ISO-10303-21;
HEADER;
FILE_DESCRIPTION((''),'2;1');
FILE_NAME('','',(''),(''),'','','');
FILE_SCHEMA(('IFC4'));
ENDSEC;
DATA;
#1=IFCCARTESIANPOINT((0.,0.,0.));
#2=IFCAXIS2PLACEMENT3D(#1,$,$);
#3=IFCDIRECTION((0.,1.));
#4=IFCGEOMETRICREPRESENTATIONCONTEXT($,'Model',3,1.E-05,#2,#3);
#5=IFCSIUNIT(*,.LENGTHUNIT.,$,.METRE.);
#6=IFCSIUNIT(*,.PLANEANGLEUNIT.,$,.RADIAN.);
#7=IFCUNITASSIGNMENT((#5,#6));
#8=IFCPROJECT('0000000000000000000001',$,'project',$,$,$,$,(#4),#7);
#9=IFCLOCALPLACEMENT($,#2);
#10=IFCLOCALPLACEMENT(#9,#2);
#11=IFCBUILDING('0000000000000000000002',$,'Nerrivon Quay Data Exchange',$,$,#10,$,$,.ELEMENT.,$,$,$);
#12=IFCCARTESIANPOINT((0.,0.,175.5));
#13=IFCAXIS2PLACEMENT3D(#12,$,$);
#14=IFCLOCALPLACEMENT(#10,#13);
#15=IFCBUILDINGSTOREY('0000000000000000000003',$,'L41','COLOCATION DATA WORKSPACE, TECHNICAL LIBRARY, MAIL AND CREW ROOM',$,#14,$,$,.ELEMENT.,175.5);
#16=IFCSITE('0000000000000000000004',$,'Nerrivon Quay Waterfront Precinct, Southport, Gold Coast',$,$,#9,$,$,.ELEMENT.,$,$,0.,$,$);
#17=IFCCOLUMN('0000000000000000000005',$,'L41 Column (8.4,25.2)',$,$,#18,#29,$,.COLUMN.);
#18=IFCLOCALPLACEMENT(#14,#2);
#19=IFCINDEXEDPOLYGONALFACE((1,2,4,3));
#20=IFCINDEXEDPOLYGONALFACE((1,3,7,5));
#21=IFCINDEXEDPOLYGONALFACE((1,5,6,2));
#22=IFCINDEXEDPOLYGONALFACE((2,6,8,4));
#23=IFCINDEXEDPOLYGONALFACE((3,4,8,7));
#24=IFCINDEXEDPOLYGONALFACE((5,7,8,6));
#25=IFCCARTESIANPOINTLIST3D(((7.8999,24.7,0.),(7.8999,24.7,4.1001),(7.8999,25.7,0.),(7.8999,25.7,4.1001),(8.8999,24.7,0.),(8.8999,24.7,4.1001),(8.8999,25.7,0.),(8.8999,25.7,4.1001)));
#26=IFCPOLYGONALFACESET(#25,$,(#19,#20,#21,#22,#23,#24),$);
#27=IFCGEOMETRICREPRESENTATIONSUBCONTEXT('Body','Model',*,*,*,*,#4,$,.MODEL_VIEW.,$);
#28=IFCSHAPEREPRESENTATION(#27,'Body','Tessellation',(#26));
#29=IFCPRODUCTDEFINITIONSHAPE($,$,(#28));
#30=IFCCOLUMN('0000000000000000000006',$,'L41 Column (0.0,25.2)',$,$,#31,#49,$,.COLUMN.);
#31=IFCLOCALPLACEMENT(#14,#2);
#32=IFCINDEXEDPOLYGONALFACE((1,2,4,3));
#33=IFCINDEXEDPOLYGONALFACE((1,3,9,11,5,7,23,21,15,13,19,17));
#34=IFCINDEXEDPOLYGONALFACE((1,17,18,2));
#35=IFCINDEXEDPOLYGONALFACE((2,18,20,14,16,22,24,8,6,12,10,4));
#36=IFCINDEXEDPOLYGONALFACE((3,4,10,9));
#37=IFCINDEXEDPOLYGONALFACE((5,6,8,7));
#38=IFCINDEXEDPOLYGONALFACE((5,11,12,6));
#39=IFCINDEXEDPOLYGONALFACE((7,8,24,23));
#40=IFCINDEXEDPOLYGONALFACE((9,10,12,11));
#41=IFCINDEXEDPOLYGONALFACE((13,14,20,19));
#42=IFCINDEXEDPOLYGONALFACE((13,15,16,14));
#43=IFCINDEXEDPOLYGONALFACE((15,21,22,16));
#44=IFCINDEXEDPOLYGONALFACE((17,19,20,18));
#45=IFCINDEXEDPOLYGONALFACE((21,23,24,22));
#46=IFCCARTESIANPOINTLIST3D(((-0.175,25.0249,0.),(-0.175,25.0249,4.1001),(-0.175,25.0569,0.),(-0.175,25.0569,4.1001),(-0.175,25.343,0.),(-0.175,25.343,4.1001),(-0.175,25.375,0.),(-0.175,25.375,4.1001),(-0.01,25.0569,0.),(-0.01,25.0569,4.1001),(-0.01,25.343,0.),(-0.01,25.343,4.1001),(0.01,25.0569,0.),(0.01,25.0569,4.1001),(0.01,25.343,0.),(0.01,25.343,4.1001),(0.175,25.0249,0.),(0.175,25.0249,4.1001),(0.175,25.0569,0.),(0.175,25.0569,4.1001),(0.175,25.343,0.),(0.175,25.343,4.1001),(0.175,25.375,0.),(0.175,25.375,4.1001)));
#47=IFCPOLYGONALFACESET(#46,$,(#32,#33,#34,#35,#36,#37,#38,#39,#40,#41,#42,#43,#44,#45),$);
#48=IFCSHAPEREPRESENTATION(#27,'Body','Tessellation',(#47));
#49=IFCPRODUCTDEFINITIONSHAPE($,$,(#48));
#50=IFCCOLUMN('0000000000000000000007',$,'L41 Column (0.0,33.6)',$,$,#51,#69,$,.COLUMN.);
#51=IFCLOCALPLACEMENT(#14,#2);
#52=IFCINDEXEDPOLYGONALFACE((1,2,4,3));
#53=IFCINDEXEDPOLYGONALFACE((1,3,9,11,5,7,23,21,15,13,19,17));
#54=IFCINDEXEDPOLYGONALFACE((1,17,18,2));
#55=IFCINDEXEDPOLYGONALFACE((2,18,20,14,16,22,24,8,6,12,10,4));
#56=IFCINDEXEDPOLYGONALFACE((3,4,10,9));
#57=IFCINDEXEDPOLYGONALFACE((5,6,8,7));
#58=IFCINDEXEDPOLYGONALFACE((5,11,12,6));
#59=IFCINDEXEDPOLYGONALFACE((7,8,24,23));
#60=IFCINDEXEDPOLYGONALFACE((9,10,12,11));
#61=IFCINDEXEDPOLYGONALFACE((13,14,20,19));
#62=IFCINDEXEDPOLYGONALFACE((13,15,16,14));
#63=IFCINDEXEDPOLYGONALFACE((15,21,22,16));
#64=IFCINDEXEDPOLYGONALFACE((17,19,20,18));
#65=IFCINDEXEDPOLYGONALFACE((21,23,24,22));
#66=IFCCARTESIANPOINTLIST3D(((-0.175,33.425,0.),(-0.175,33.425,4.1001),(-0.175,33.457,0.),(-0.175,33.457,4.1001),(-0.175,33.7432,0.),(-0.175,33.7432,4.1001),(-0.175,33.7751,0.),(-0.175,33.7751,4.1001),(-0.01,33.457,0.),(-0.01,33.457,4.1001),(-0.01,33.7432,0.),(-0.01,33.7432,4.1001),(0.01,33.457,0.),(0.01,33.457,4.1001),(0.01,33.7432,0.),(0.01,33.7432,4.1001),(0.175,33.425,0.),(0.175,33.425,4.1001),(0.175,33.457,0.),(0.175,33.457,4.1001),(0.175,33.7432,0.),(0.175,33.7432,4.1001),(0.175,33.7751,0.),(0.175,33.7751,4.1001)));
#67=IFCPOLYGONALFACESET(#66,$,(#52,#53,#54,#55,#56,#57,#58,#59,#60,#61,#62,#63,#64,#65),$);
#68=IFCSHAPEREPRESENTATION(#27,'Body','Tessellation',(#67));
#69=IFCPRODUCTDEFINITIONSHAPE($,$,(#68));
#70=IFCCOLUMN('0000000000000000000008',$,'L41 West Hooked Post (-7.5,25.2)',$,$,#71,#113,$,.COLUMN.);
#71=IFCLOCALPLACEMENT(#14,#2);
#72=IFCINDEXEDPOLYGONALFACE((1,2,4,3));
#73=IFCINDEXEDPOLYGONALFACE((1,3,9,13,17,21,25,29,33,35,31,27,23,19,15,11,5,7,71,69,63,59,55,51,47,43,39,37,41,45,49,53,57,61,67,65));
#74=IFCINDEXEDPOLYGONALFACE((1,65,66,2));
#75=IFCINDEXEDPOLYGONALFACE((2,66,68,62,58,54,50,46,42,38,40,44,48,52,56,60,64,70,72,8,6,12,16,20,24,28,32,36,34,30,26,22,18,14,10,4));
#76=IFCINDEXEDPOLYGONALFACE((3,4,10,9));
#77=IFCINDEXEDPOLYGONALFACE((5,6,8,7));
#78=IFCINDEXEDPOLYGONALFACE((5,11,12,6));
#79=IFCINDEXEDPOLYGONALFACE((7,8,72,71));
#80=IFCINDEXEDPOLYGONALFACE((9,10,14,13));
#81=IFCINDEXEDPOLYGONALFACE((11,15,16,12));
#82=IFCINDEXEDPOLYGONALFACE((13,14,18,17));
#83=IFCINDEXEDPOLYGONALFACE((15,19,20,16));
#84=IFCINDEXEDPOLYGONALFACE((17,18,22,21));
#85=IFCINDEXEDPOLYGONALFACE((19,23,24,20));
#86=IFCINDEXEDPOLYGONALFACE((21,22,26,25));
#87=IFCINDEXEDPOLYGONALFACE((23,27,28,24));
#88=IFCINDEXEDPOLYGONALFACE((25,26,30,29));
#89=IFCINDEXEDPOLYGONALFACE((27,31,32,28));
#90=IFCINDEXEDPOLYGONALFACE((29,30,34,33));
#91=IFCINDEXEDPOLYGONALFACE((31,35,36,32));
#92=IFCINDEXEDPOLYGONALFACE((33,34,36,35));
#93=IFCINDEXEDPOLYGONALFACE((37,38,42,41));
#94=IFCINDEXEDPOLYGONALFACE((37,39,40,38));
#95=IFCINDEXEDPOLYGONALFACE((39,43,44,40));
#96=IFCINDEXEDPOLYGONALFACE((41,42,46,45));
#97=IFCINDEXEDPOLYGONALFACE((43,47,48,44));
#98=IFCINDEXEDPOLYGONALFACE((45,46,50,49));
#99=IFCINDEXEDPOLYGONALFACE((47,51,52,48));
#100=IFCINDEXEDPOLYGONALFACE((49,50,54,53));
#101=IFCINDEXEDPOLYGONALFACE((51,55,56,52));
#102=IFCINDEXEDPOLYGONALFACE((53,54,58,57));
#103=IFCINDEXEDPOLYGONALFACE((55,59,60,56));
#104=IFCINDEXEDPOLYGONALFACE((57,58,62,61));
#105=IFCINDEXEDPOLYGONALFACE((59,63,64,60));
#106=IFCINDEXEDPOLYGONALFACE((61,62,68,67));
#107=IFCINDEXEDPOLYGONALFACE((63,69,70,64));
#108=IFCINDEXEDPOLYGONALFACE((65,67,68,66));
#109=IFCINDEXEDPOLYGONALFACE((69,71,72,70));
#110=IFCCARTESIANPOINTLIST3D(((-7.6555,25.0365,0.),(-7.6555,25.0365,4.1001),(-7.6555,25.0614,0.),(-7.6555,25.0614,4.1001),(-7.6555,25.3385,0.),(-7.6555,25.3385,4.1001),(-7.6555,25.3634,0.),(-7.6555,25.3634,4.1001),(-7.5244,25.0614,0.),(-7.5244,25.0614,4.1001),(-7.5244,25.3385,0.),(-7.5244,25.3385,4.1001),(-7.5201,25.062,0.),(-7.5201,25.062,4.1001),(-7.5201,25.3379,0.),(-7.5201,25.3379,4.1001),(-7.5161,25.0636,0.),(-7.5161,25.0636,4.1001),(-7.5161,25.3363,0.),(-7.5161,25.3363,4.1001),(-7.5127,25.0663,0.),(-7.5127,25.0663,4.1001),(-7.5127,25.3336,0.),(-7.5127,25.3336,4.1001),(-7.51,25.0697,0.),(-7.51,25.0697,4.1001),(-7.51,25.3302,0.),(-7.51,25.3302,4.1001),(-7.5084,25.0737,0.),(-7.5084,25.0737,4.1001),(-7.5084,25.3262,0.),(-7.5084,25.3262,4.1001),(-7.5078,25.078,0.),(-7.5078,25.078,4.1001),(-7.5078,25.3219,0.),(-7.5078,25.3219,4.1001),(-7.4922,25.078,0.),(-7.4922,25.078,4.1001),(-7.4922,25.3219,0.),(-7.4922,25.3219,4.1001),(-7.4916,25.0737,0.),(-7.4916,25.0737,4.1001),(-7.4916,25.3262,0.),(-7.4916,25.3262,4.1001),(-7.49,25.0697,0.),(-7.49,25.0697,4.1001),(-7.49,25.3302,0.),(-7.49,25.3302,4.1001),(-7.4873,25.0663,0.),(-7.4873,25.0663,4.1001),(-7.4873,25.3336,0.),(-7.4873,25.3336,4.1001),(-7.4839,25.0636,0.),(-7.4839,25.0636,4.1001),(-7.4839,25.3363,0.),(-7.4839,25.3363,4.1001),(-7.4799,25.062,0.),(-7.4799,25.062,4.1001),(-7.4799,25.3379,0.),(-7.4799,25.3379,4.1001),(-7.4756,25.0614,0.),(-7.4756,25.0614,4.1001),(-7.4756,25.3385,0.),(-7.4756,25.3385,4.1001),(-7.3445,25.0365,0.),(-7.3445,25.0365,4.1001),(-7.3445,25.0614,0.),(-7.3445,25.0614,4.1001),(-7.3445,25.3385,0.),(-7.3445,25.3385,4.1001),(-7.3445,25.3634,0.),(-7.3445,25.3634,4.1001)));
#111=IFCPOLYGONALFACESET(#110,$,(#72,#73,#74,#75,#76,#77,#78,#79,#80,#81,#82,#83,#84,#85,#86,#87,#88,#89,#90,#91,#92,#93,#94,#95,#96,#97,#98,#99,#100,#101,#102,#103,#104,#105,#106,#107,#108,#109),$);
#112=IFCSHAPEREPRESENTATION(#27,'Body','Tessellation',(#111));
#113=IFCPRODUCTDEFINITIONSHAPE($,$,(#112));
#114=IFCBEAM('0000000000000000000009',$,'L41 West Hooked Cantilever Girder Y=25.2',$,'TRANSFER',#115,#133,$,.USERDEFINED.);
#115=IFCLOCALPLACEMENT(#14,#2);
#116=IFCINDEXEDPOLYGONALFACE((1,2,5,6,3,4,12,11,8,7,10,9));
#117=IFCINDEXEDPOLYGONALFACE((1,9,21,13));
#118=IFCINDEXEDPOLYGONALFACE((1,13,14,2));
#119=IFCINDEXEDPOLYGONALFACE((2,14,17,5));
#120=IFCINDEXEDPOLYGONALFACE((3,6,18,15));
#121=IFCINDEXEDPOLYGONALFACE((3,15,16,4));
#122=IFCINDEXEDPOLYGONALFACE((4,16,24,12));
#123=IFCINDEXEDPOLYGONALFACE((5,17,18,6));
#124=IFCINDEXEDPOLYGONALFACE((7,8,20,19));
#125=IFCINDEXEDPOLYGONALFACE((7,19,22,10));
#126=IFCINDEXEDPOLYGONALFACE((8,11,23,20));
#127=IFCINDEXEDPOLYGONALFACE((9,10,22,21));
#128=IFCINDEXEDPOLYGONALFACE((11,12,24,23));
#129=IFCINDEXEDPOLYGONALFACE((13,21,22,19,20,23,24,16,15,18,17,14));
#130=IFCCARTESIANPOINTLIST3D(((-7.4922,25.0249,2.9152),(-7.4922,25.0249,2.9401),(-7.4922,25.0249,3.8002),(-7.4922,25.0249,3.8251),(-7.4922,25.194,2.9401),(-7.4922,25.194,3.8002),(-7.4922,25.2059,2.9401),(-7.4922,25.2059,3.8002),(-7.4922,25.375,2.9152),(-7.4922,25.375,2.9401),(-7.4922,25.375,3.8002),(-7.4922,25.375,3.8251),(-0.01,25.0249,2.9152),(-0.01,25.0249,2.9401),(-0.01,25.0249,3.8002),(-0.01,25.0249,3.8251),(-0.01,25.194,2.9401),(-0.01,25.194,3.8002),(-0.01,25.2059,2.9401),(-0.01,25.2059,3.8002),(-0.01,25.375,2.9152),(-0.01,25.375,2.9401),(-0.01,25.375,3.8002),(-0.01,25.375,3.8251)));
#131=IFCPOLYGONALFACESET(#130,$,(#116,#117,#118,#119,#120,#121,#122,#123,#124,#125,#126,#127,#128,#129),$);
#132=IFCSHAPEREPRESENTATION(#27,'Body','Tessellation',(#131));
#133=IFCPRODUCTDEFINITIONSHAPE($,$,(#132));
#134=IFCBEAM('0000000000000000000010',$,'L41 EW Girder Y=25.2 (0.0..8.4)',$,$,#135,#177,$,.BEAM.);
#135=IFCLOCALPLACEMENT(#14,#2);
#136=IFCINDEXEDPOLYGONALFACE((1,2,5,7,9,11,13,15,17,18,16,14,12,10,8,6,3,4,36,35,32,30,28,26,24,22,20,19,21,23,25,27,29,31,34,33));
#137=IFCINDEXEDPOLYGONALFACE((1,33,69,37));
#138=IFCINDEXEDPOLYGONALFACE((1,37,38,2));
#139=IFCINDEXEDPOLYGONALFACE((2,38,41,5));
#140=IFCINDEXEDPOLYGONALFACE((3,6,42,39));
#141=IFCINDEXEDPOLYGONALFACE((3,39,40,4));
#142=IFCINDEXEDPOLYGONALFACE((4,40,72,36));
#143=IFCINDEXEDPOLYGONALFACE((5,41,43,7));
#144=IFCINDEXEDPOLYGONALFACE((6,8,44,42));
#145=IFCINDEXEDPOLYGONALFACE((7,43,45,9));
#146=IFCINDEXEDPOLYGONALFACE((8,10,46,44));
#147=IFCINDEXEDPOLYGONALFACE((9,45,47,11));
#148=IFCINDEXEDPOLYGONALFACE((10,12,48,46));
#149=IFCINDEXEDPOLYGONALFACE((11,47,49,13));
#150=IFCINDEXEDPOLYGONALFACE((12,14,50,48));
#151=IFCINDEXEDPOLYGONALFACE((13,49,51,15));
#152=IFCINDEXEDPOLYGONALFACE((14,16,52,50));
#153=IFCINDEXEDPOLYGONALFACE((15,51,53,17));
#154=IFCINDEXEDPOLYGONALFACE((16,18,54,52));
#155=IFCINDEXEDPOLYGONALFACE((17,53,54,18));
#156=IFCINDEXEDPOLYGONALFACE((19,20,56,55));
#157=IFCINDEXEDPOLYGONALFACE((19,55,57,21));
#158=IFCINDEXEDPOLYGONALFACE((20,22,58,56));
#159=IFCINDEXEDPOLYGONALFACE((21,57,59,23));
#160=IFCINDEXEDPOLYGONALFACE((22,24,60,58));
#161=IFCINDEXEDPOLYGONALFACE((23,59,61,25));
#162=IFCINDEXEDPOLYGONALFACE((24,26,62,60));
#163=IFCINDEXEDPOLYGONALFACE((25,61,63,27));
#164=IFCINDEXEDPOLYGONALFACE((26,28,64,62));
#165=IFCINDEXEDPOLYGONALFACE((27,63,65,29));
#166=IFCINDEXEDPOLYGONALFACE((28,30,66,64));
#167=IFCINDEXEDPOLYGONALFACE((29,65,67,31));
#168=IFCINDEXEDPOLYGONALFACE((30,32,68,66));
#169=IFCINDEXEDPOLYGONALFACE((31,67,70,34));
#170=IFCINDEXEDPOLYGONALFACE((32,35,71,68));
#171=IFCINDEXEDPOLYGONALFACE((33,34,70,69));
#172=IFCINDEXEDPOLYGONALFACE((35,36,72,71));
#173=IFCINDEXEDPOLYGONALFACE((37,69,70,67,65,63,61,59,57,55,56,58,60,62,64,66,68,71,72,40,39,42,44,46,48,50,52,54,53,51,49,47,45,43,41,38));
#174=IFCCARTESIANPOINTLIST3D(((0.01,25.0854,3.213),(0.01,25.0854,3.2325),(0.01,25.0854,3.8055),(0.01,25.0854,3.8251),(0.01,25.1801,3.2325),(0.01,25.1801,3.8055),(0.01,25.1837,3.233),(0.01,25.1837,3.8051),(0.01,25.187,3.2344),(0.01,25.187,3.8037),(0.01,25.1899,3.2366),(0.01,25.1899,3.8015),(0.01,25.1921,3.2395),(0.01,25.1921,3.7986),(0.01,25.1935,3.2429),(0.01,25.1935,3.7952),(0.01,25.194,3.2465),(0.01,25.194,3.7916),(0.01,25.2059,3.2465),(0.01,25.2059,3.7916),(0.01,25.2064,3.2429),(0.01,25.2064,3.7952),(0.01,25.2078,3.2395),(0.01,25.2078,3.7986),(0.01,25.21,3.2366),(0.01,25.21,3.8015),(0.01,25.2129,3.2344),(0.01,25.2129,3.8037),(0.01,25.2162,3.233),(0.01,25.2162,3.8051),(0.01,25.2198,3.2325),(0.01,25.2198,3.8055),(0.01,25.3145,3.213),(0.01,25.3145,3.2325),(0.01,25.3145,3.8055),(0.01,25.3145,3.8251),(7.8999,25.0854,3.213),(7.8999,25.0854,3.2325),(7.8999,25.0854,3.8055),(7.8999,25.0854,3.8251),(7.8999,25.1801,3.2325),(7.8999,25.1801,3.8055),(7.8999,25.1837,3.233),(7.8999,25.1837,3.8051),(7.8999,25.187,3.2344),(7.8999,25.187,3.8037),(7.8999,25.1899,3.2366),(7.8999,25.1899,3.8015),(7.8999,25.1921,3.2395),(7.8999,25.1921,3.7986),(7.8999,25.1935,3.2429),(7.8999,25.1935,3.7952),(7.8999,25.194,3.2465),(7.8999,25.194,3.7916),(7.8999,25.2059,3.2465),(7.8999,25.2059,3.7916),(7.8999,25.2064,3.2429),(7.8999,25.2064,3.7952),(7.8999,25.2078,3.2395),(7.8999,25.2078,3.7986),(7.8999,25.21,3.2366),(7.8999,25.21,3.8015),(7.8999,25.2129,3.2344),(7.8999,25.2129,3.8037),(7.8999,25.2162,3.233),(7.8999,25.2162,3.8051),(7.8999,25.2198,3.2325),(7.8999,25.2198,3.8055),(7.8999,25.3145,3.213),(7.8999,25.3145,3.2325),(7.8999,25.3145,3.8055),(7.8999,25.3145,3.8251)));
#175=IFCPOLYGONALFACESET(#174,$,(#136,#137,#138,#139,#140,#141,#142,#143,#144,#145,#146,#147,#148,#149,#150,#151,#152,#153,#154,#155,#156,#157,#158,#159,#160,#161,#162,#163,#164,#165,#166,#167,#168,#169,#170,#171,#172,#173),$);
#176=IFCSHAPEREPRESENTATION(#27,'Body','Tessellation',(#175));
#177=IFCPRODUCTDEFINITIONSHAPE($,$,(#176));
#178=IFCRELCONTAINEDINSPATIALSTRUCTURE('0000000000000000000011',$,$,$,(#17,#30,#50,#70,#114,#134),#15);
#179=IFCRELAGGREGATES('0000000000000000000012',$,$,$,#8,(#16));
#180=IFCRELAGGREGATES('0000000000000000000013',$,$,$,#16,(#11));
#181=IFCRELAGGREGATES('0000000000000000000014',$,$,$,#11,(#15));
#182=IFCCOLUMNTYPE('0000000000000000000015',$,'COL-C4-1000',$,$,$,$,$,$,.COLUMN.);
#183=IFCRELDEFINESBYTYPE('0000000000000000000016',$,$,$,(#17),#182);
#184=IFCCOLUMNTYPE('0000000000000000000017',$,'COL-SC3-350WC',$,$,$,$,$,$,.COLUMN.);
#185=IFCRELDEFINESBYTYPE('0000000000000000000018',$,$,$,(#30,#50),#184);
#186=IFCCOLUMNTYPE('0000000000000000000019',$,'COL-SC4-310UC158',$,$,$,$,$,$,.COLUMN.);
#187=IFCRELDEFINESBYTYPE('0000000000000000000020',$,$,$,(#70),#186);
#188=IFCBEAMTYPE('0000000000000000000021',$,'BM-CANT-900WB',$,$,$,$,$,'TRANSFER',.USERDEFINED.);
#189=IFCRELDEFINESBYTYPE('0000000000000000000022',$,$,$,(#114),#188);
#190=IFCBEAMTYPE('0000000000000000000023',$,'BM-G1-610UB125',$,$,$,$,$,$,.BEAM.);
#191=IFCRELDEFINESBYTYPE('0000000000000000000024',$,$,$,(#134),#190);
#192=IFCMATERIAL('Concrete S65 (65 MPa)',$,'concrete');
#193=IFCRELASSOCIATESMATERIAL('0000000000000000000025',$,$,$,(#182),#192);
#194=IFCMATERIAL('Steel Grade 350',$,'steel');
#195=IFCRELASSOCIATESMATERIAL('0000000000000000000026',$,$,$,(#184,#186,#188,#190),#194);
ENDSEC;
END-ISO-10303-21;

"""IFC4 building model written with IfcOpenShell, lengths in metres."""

from ifc_helpers import new_model, si_unit, direction, frame, origin, origin_2d, place, context, subcontext, project, spatial, rectangle, i_section, extrude, material, material_profile, profile_set, type_object, element, save


model = new_model("IFC4")

# Units and contexts
model_context = context("Model", 3, precision=1e-05, world=origin(), true_north=direction((0.0, 1.0)))
body_context = subcontext(model_context, "Body", "Model", "MODEL_VIEW")
ifc_project = project(units=[si_unit("LENGTHUNIT", "METRE"), si_unit("PLANEANGLEUNIT", "RADIAN")], contexts=[model_context])

# Site, building, storey
site_placement = place(None, origin())
site = spatial("IfcSite", under=ifc_project, at=site_placement, Name="Nerrivon Quay Waterfront Precinct, Southport, Gold Coast", CompositionType="ELEMENT", RefElevation=0.0)
building_placement = place(site_placement, origin())
building = spatial("IfcBuilding", under=site, at=building_placement, Name="Nerrivon Quay Data Exchange", CompositionType="ELEMENT")
storey_placement = place(building_placement, frame((0.0, 0.0, 175.5)))
storey = spatial("IfcBuildingStorey", under=building, at=storey_placement, Name="L41", Description="COLOCATION DATA WORKSPACE, TECHNICAL LIBRARY, MAIL AND CREW ROOM", CompositionType="ELEMENT", Elevation=175.5)

# Columns
ifc_material_1 = material(Name="Concrete S65 (65 MPa)", Category="concrete")
ifc_material_profile_1 = material_profile(ifc_material_1, rectangle(XDim=1.0, YDim=1.0, at=origin_2d()), Name="RC-COL-1000x1000")
ifc_profile_set_1 = profile_set([ifc_material_profile_1], Name="Concrete S65 (65 MPa)")
column_type_1 = type_object("IfcColumnType", Name="COL-C4-1000", PredefinedType="COLUMN", material=ifc_profile_set_1)
column_1_placement = place(storey_placement, frame((8.3999, 25.2, 0.0), z_axis=(0.0, 0.0, 1.0), x_axis=(1.0, 0.0, 0.0)))
element("IfcColumn", 1, at=column_1_placement, inside=storey, type_object=column_type_1, Name="L41 Column (8.4,25.2)", PredefinedType="COLUMN", context=body_context, shape_type="SweptSolid", body=[
    extrude(rectangle(XDim=1.0, YDim=1.0, at=origin_2d()), origin(), (0.0, 0.0, 1.0), 4.1001),
])
ifc_material_2 = material(Name="Steel Grade 350", Category="steel")
ifc_material_profile_2 = material_profile(ifc_material_2, i_section(OverallWidth=0.3501, OverallDepth=0.3501, WebThickness=0.02, FlangeThickness=0.032, at=origin_2d()), Name="350WC230")
ifc_profile_set_2 = profile_set([ifc_material_profile_2], Name="Steel Grade 350")
column_type_2 = type_object("IfcColumnType", Name="COL-SC3-350WC", PredefinedType="COLUMN", material=ifc_profile_set_2)
for number, where, z_axis, x_axis, name in (
    (2, (0.0, 25.2, 0.0), (0.0, 0.0, 1.0), (1.0, 0.0, 0.0), "L41 Column (0.0,25.2)"),
    (3, (0.0, 33.6001, 0.0), (0.0, 0.0, 1.0), (1.0, 0.0, 0.0), "L41 Column (0.0,33.6)"),
):
    element("IfcColumn", number, at=place(storey_placement, frame(where, z_axis=z_axis, x_axis=x_axis)), inside=storey, type_object=column_type_2, Name=name, PredefinedType="COLUMN", context=body_context, shape_type="SweptSolid", body=[
        extrude(i_section(OverallWidth=0.3501, OverallDepth=0.3501, WebThickness=0.02, FlangeThickness=0.032, at=origin_2d()), origin(), (0.0, 0.0, 1.0), 4.1001),
    ])
ifc_material_profile_3 = material_profile(ifc_material_2, i_section(OverallWidth=0.311, OverallDepth=0.3269, WebThickness=0.0156, FlangeThickness=0.0249, FilletRadius=0.0166, at=origin_2d()), Name="310UC158")
ifc_profile_set_3 = profile_set([ifc_material_profile_3], Name="Steel Grade 350")
column_type_3 = type_object("IfcColumnType", Name="COL-SC4-310UC158", PredefinedType="COLUMN", material=ifc_profile_set_3)
column_2_placement = place(storey_placement, frame((-7.5, 25.2, 0.0), z_axis=(0.0, 0.0, 1.0), x_axis=(1.0, 0.0, 0.0)))
element("IfcColumn", 4, at=column_2_placement, inside=storey, type_object=column_type_3, Name="L41 West Hooked Post (-7.5,25.2)", PredefinedType="COLUMN", context=body_context, shape_type="SweptSolid", body=[
    extrude(i_section(OverallWidth=0.311, OverallDepth=0.3269, WebThickness=0.0156, FlangeThickness=0.0249, FilletRadius=0.0166, at=origin_2d()), origin(), (0.0, 0.0, 1.0), 4.1001),
])

# Beams
ifc_material_profile_4 = material_profile(ifc_material_2, i_section(OverallWidth=0.3501, OverallDepth=0.9099, WebThickness=0.012, FlangeThickness=0.0249, at=origin_2d()), Name="900WB218")
ifc_profile_set_4 = profile_set([ifc_material_profile_4], Name="Steel Grade 350")
beam_type_1 = type_object("IfcBeamType", Name="BM-CANT-900WB", ElementType="TRANSFER", PredefinedType="USERDEFINED", material=ifc_profile_set_4)
beam_1_placement = place(storey_placement, frame((-0.01, 25.2, 3.3701), z_axis=(-1.0, 0.0, 0.0), x_axis=(0.0, -1.0, 0.0)))
element("IfcBeam", 5, at=beam_1_placement, inside=storey, type_object=beam_type_1, Name="L41 West Hooked Cantilever Girder Y=25.2", ObjectType="TRANSFER", PredefinedType="USERDEFINED", context=body_context, shape_type="SweptSolid", body=[
    extrude(i_section(OverallWidth=0.3501, OverallDepth=0.9099, WebThickness=0.012, FlangeThickness=0.0249, at=origin_2d()), origin(), (0.0, 0.0, 1.0), 7.4822),
])
ifc_material_profile_5 = material_profile(ifc_material_2, i_section(OverallWidth=0.229, OverallDepth=0.6121, WebThickness=0.012, FlangeThickness=0.0195, FilletRadius=0.0139, at=origin_2d()), Name="610UB125")
ifc_profile_set_5 = profile_set([ifc_material_profile_5], Name="Steel Grade 350")
beam_type_2 = type_object("IfcBeamType", Name="BM-G1-610UB125", PredefinedType="BEAM", material=ifc_profile_set_5)
beam_2_placement = place(storey_placement, frame((0.01, 25.2, 3.519), z_axis=(1.0, 0.0, 0.0), x_axis=(0.0, 1.0, 0.0)))
element("IfcBeam", 6, at=beam_2_placement, inside=storey, type_object=beam_type_2, Name="L41 EW Girder Y=25.2 (0.0..8.4)", PredefinedType="BEAM", context=body_context, shape_type="SweptSolid", body=[
    extrude(i_section(OverallWidth=0.229, OverallDepth=0.6121, WebThickness=0.012, FlangeThickness=0.0195, FilletRadius=0.0139, at=origin_2d()), origin(), (0.0, 0.0, 1.0), 7.8899),
])

save(model, "model.ifc")
